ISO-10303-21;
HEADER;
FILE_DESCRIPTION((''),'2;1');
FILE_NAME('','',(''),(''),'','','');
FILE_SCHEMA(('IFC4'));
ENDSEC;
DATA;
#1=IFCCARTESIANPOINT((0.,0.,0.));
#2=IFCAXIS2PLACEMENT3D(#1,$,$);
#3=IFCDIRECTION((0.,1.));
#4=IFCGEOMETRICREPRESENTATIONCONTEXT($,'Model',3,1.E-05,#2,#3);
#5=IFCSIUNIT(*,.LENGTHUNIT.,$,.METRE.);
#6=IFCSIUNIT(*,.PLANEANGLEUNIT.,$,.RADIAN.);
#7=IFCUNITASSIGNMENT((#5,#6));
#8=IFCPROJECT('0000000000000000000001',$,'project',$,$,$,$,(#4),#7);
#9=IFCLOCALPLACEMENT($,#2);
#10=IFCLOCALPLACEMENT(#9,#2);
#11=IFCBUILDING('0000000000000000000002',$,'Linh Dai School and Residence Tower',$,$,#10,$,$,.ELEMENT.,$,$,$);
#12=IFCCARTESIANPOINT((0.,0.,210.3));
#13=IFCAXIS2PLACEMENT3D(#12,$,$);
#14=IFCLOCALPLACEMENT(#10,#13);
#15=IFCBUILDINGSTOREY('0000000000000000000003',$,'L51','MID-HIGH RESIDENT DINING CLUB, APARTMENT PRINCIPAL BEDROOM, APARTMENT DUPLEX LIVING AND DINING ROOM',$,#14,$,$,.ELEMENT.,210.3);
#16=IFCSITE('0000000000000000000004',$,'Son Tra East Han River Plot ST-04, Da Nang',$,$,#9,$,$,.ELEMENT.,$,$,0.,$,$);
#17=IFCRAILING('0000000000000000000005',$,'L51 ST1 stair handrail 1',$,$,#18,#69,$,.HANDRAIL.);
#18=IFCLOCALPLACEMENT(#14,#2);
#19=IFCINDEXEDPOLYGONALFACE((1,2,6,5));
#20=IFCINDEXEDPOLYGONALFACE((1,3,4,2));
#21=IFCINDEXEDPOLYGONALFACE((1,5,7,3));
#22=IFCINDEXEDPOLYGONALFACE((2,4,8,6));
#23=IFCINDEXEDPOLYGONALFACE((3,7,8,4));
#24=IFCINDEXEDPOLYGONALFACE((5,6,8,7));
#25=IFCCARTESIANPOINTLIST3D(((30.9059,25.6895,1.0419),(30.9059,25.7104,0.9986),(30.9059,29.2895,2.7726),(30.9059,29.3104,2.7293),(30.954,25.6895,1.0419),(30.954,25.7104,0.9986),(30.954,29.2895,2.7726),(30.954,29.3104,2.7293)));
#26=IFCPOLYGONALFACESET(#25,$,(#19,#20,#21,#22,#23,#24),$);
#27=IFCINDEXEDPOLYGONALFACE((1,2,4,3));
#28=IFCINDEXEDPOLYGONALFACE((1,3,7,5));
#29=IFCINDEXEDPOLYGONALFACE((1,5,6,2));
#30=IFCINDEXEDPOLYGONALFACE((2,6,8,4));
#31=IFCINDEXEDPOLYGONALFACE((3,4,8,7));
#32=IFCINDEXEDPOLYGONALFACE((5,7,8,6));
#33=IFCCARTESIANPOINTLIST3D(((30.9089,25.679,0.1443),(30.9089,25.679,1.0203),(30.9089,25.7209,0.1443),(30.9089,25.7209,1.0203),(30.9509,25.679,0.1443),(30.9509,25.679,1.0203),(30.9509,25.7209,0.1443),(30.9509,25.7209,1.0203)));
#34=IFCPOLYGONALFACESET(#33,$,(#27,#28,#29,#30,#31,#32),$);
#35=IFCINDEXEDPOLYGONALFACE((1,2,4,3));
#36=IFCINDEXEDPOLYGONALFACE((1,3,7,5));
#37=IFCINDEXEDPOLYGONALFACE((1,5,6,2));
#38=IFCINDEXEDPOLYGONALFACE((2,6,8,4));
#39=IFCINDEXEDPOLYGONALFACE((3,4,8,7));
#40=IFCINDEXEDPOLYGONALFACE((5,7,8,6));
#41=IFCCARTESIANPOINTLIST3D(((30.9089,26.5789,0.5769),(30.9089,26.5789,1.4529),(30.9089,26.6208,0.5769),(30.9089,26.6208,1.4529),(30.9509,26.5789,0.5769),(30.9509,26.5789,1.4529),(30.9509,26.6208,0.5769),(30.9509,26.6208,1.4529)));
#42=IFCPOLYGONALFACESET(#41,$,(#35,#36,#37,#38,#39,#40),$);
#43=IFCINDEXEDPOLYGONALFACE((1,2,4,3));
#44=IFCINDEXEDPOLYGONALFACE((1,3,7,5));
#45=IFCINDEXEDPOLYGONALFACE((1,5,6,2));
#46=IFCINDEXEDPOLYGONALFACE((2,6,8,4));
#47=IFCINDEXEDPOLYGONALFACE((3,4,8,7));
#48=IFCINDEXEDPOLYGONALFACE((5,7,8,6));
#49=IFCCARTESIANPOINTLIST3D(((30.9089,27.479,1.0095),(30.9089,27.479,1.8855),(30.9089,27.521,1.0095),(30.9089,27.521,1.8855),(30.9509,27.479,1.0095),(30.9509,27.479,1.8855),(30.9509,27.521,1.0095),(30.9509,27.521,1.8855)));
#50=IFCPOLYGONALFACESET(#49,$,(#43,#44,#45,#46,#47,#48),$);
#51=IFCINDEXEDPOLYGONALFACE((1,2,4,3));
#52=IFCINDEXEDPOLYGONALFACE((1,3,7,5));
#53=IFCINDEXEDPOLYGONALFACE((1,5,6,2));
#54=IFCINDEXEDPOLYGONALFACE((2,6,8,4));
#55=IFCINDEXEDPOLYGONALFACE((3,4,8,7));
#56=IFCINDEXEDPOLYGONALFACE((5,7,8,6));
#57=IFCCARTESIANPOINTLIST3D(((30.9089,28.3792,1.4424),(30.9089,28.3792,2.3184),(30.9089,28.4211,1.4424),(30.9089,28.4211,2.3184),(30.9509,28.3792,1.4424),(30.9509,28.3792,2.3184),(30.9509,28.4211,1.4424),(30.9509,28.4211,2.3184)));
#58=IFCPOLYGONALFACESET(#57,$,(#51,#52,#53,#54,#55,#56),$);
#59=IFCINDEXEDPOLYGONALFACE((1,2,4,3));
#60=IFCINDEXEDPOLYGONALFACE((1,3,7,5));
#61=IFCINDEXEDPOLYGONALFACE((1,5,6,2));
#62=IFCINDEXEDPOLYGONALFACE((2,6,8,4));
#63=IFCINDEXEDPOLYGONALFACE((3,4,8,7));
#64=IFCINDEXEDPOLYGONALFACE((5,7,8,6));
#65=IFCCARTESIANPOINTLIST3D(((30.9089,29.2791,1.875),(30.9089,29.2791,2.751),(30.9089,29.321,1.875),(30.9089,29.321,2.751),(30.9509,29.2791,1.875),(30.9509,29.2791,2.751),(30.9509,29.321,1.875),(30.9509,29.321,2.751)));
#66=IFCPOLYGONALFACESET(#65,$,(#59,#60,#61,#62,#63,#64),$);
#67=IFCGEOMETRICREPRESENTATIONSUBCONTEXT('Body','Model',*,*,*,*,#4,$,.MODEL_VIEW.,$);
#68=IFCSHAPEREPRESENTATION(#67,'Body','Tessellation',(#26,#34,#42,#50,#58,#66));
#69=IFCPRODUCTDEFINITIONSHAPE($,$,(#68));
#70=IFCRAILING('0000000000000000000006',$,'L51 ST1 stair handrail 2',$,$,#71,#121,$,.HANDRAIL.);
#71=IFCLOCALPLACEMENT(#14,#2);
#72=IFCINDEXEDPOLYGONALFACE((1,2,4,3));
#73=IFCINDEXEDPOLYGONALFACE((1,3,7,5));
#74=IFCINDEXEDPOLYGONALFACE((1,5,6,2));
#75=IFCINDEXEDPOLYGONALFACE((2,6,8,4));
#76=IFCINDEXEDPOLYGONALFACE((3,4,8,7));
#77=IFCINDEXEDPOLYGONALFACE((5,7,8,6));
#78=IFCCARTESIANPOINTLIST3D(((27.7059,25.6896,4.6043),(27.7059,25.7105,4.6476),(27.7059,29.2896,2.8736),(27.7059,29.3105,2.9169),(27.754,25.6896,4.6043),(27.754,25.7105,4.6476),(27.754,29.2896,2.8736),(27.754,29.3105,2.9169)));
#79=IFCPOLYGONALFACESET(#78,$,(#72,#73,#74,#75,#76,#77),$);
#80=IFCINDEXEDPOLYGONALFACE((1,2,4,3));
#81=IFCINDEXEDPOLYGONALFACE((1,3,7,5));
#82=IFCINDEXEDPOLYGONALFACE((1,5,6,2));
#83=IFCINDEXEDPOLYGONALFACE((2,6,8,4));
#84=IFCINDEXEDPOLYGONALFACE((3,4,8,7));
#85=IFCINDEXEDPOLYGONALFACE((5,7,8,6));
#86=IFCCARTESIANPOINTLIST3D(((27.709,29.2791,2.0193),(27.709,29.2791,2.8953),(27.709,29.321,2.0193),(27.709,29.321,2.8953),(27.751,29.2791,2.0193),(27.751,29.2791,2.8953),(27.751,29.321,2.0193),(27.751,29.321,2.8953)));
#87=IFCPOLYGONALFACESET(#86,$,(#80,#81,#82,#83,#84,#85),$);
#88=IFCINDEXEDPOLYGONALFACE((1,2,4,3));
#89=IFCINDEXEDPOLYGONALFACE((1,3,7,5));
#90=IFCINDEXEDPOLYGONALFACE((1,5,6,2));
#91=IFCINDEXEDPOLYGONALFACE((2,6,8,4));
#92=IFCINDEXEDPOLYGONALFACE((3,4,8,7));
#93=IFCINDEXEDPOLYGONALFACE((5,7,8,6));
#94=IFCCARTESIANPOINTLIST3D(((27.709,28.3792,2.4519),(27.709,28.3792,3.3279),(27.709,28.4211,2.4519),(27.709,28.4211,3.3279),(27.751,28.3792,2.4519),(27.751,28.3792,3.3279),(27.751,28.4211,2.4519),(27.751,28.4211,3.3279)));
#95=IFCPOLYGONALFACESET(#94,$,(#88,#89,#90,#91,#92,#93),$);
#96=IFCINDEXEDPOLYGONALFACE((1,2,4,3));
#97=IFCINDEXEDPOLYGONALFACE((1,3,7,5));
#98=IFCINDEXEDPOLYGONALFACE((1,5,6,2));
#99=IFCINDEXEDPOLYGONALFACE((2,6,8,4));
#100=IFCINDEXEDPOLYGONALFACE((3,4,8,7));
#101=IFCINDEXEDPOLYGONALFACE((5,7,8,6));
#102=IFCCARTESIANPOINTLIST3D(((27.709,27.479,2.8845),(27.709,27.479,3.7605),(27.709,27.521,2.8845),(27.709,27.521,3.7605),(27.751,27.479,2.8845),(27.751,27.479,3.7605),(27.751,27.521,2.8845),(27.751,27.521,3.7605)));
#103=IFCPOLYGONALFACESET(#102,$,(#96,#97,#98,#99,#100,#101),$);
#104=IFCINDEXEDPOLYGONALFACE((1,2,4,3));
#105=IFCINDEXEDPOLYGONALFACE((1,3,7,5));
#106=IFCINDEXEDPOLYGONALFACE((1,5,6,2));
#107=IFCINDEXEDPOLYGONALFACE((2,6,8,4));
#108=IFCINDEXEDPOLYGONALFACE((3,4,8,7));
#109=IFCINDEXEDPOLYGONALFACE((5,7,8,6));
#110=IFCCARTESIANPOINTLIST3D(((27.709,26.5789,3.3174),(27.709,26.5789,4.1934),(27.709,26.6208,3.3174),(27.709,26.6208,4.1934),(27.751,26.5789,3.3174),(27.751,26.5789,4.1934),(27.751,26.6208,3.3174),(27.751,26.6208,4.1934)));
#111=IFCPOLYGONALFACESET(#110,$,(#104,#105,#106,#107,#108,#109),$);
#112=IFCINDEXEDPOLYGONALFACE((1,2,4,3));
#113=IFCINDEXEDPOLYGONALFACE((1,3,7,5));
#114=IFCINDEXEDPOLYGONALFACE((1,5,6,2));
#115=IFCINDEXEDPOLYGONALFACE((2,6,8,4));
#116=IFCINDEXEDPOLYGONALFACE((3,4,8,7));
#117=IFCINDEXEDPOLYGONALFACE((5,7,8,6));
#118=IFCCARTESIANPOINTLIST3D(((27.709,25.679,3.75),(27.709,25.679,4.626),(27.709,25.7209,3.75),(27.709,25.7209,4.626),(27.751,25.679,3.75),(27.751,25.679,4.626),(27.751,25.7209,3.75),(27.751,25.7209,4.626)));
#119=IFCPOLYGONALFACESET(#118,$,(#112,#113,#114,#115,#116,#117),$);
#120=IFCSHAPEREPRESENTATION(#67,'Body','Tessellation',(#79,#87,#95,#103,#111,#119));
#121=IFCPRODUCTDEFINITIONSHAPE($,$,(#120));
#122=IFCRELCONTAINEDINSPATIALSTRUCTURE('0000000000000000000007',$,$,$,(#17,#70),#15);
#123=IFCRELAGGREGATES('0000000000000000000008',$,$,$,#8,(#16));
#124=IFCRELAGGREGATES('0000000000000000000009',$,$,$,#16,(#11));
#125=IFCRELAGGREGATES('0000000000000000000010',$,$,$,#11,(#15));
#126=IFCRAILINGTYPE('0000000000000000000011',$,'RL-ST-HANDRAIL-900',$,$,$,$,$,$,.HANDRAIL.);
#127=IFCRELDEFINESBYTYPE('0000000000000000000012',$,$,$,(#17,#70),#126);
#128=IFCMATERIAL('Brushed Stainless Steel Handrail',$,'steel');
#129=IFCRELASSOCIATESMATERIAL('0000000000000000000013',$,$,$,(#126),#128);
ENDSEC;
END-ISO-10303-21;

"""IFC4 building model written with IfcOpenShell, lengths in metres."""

from ifc_helpers import new_model, si_unit, direction, frame, origin, origin_2d, place, context, subcontext, project, spatial, rectangle, extrude, source, transform, mapped, material, type_object, element, save


model = new_model("IFC4")

# Units and contexts
model_context = context("Model", 3, precision=1e-05, world=origin(), true_north=direction((0.0, 1.0)))
body_context = subcontext(model_context, "Body", "Model", "MODEL_VIEW")
ifc_project = project(units=[si_unit("LENGTHUNIT", "METRE"), si_unit("PLANEANGLEUNIT", "RADIAN")], contexts=[model_context])

# Site, building, storey
site_placement = place(None, origin())
site = spatial("IfcSite", under=ifc_project, at=site_placement, Name="Son Tra East Han River Plot ST-04, Da Nang", CompositionType="ELEMENT", RefElevation=0.0)
building_placement = place(site_placement, origin())
building = spatial("IfcBuilding", under=site, at=building_placement, Name="Linh Dai School and Residence Tower", CompositionType="ELEMENT")
storey_placement = place(building_placement, frame((0.0, 0.0, 210.3)))
storey = spatial("IfcBuildingStorey", under=building, at=storey_placement, Name="L51", Description="MID-HIGH RESIDENT DINING CLUB, APARTMENT PRINCIPAL BEDROOM, APARTMENT DUPLEX LIVING AND DINING ROOM", CompositionType="ELEMENT", Elevation=210.3)

# Railings
ifc_material_1 = material(Name="Brushed Stainless Steel Handrail", Category="steel")
railing_type_1 = type_object("IfcRailingType", Name="RL-ST-HANDRAIL-900", PredefinedType="HANDRAIL", material=ifc_material_1)
shared_shape_1 = source(origin(), body_context, "Body", "SweptSolid", [
    extrude(rectangle(XDim=0.0481, YDim=0.0481, at=origin_2d()), frame((0.0, 0.0, 0.876), z_axis=(0.0, 0.901263, 0.433273), x_axis=(-1.0, 0.0, 0.0)), (0.0, 0.0, 1.0), 3.9944),
    extrude(rectangle(XDim=0.042, YDim=0.042, at=origin_2d()), origin(), (0.0, 0.0, 1.0), 0.876),
    extrude(rectangle(XDim=0.042, YDim=0.042, at=origin_2d()), frame((0.0, 0.8999, 0.4326)), (0.0, 0.0, 1.0), 0.876),
    extrude(rectangle(XDim=0.042, YDim=0.042, at=origin_2d()), frame((0.0, 1.8, 0.8652)), (0.0, 0.0, 1.0), 0.876),
    extrude(rectangle(XDim=0.042, YDim=0.042, at=origin_2d()), frame((0.0, 2.7002, 1.2981)), (0.0, 0.0, 1.0), 0.876),
    extrude(rectangle(XDim=0.042, YDim=0.042, at=origin_2d()), frame((0.0, 3.6001, 1.7307)), (0.0, 0.0, 1.0), 0.876),
])
railing_1_placement = place(storey_placement, frame((30.9299, 25.7, 0.1443)))
element("IfcRailing", 1, at=railing_1_placement, inside=storey, type_object=railing_type_1, Name="L51 ST1 stair handrail 1", PredefinedType="HANDRAIL", context=body_context, shape_type="MappedRepresentation", body=[
    mapped(shared_shape_1, transform((0.0, 0.0, 0.0), x_axis=(1.0, 0.0, 0.0), y_axis=(0.0, 1.0, 0.0), z_axis=(0.0, 0.0, 1.0), scale=1.0)),
])
shared_shape_2 = source(origin(), body_context, "Body", "SweptSolid", [
    extrude(rectangle(XDim=0.0481, YDim=0.0481, at=origin_2d()), frame((0.0, 0.0, 0.876), z_axis=(0.0, -0.901263, 0.433273), x_axis=(1.0, 0.0, 0.0)), (0.0, 0.0, 1.0), 3.9944),
    extrude(rectangle(XDim=0.042, YDim=0.042, at=origin_2d()), origin(), (0.0, 0.0, 1.0), 0.876),
    extrude(rectangle(XDim=0.042, YDim=0.042, at=origin_2d()), frame((0.0, -0.8999, 0.4326)), (0.0, 0.0, 1.0), 0.876),
    extrude(rectangle(XDim=0.042, YDim=0.042, at=origin_2d()), frame((0.0, -1.8, 0.8652)), (0.0, 0.0, 1.0), 0.876),
    extrude(rectangle(XDim=0.042, YDim=0.042, at=origin_2d()), frame((0.0, -2.7002, 1.2981)), (0.0, 0.0, 1.0), 0.876),
    extrude(rectangle(XDim=0.042, YDim=0.042, at=origin_2d()), frame((0.0, -3.6001, 1.7307)), (0.0, 0.0, 1.0), 0.876),
])
railing_2_placement = place(storey_placement, frame((27.73, 29.3, 2.0193)))
element("IfcRailing", 2, at=railing_2_placement, inside=storey, type_object=railing_type_1, Name="L51 ST1 stair handrail 2", PredefinedType="HANDRAIL", context=body_context, shape_type="MappedRepresentation", body=[
    mapped(shared_shape_2, transform((0.0, 0.0, 0.0), x_axis=(1.0, 0.0, 0.0), y_axis=(0.0, 1.0, 0.0), z_axis=(0.0, 0.0, 1.0), scale=1.0)),
])

save(model, "model.ifc")
